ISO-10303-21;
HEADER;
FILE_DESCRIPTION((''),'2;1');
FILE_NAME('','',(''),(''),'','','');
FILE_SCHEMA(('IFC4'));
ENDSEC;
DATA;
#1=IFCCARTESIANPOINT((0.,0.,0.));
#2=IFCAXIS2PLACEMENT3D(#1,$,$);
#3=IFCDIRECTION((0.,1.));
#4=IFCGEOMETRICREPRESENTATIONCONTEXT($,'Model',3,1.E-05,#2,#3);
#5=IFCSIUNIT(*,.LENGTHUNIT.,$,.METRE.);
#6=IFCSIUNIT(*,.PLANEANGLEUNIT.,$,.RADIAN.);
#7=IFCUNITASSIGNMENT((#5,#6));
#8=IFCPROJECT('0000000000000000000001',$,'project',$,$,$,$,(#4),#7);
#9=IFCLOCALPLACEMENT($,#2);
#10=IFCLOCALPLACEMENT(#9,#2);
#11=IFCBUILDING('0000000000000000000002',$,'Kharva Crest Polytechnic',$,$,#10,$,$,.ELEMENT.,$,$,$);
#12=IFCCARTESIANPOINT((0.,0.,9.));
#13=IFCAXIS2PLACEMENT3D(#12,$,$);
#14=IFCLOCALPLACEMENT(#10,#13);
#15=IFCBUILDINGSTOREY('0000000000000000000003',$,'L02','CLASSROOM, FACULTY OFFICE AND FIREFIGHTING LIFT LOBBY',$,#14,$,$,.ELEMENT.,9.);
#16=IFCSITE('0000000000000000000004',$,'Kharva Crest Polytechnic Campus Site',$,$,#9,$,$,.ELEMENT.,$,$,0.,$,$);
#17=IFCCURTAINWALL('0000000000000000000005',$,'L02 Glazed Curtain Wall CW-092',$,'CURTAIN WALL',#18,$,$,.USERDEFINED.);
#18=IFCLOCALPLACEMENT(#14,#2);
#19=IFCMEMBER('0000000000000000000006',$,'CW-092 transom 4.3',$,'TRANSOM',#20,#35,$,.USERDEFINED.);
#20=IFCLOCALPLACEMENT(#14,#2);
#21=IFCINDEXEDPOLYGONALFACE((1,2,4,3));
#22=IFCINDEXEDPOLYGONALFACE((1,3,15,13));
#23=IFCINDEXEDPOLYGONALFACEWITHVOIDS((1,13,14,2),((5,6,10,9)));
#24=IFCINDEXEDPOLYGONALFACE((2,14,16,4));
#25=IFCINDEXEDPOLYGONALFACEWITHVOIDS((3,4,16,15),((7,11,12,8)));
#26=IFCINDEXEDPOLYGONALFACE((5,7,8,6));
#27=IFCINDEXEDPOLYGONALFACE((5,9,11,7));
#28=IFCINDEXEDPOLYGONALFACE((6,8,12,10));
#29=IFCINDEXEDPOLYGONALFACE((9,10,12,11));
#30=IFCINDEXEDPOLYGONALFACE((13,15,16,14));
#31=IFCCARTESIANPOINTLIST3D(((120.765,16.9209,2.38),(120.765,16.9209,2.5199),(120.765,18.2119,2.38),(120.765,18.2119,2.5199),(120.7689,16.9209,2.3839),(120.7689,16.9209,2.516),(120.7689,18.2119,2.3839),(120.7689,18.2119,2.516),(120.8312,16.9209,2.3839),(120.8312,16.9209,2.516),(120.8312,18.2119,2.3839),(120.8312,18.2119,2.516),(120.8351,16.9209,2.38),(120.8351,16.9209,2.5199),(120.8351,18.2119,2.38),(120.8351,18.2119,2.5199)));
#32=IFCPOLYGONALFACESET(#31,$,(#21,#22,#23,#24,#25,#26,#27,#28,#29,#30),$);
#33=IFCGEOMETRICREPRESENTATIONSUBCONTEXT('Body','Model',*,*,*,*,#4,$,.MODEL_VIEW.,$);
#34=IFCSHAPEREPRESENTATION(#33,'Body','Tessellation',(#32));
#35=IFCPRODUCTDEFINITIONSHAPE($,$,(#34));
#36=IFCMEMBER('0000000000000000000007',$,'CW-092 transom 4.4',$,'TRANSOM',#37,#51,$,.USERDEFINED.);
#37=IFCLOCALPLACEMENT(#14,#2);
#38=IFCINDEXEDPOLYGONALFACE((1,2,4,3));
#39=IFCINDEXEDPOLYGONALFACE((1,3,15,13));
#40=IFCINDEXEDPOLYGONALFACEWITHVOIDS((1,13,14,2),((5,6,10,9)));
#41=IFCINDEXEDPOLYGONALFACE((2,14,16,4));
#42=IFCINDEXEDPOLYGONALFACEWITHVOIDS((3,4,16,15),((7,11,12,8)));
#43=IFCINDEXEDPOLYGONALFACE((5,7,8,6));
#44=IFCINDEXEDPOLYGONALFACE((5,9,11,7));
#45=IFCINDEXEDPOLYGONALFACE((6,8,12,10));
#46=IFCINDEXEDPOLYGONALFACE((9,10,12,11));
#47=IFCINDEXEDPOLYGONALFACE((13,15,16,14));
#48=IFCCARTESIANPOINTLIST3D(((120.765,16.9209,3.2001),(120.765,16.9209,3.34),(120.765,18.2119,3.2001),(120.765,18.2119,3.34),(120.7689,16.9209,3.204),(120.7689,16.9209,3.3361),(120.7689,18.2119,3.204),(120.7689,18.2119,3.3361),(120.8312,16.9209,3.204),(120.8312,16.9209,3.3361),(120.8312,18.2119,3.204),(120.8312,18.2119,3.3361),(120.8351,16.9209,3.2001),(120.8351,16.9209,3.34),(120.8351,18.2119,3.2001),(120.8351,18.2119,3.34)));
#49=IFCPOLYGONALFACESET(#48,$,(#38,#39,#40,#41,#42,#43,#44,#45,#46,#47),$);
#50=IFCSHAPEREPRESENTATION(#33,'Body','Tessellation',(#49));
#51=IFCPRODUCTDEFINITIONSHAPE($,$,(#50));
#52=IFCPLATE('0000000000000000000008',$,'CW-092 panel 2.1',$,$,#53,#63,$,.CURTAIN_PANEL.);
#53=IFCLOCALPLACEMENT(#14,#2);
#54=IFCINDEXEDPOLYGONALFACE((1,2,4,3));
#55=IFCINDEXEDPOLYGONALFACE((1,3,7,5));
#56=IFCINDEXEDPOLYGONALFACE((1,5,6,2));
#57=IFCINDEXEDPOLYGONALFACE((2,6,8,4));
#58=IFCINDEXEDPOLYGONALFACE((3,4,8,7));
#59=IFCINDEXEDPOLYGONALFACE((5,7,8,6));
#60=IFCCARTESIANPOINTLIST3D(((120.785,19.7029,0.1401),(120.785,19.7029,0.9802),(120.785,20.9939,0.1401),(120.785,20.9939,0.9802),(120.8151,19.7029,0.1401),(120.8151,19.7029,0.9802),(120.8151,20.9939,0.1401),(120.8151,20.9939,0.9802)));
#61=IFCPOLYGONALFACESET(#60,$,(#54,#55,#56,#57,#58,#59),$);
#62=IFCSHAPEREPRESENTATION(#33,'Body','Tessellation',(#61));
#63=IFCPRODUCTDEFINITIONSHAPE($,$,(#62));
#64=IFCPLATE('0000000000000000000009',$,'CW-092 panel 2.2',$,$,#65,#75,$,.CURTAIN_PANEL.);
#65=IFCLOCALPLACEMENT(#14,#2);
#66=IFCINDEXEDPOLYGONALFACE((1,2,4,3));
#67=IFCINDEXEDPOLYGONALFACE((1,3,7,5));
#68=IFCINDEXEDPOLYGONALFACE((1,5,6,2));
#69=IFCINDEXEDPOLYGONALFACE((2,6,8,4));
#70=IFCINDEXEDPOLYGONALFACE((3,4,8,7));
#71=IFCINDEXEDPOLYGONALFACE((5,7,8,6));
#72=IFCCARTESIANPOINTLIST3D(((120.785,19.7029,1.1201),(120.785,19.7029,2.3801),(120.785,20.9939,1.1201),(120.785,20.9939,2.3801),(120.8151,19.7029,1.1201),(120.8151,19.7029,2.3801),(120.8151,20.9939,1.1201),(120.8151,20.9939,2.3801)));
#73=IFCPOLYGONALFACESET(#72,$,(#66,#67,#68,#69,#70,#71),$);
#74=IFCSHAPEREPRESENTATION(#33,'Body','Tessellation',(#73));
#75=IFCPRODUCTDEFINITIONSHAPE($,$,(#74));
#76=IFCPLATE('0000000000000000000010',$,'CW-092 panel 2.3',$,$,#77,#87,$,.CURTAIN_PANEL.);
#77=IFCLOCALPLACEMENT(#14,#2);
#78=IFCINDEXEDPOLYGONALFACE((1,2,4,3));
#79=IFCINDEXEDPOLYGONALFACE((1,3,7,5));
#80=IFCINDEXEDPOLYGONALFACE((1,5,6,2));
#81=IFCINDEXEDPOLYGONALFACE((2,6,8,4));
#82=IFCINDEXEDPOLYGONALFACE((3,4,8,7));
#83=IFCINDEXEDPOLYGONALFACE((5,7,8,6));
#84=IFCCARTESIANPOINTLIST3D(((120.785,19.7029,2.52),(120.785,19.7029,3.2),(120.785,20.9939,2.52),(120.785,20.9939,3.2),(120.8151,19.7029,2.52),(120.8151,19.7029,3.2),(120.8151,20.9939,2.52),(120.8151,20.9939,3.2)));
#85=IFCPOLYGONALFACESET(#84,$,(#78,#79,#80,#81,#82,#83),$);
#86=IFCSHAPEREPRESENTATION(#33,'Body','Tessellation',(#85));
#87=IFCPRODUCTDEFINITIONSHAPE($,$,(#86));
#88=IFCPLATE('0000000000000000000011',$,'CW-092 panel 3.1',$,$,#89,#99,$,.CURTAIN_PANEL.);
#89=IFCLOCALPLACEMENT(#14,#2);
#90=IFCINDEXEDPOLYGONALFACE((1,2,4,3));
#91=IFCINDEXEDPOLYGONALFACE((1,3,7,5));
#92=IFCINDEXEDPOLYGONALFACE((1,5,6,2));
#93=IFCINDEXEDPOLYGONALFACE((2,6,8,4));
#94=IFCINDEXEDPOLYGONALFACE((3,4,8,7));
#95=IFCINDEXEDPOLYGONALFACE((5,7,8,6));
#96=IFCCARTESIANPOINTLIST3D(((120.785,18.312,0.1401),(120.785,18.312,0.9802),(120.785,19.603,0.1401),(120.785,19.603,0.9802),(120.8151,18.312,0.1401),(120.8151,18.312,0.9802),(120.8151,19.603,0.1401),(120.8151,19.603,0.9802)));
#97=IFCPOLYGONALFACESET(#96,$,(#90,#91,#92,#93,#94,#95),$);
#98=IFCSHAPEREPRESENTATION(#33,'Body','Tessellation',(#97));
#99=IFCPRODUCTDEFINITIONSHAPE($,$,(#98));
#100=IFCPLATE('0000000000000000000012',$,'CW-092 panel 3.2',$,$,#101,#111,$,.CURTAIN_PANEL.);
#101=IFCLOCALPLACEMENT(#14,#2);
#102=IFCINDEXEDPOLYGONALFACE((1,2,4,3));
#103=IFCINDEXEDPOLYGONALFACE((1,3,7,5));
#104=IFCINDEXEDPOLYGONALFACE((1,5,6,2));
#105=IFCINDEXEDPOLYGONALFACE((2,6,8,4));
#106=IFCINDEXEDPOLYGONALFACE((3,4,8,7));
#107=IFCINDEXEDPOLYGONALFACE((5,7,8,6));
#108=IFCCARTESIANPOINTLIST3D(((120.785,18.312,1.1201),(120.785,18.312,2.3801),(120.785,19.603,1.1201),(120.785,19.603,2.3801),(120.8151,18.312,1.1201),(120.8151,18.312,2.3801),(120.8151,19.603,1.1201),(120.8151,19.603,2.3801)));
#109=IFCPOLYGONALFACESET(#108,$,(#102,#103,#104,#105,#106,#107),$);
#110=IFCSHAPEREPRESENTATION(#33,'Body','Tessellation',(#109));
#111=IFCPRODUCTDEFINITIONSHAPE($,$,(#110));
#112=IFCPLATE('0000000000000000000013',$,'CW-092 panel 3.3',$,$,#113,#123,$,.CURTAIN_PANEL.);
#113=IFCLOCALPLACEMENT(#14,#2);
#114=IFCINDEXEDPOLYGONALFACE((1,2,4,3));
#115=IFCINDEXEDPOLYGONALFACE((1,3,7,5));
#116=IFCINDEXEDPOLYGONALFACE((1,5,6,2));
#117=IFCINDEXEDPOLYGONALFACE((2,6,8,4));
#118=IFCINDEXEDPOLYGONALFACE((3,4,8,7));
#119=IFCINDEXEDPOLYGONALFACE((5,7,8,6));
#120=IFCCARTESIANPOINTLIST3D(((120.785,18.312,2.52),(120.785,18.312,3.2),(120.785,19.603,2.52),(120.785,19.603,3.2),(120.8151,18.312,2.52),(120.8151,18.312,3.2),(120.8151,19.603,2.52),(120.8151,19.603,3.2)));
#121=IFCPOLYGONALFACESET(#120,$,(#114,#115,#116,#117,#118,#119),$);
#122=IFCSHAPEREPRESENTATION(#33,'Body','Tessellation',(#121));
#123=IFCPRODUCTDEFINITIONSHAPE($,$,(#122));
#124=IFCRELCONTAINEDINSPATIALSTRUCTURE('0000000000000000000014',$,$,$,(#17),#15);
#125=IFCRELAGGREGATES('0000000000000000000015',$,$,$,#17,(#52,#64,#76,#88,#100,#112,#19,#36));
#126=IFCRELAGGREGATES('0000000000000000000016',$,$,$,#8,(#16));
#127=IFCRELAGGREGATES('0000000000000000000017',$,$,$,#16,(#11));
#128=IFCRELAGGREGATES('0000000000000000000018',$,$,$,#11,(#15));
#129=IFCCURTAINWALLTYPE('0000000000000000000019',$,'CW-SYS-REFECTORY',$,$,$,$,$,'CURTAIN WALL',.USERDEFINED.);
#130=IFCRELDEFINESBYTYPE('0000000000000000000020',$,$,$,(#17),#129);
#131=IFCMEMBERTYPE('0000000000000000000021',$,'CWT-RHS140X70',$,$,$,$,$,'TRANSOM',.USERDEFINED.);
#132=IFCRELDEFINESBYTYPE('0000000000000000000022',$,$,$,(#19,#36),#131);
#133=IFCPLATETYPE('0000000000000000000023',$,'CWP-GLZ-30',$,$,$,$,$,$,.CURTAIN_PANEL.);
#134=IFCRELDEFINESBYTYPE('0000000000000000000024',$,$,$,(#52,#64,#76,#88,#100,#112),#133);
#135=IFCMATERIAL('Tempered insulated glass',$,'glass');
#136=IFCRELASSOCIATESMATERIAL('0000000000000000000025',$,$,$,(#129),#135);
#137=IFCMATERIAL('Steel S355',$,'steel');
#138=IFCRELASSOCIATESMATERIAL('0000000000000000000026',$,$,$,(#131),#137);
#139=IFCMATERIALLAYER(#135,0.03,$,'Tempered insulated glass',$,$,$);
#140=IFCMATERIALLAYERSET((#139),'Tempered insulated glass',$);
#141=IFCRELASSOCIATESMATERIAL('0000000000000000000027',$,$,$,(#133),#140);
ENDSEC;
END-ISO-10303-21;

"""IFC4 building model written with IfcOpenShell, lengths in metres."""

from ifc_helpers import new_model, si_unit, direction, frame, origin, origin_2d, place, context, subcontext, project, spatial, rectangle, hollow_rectangle, extrude, material, layer, layer_set, material_profile, profile_set, type_object, element, aggregate, save


model = new_model("IFC4")

# Units and contexts
model_context = context("Model", 3, precision=1e-05, world=origin(), true_north=direction((0.0, 1.0)))
body_context = subcontext(model_context, "Body", "Model", "MODEL_VIEW")
ifc_project = project(units=[si_unit("LENGTHUNIT", "METRE"), si_unit("PLANEANGLEUNIT", "RADIAN")], contexts=[model_context])

# Site, building, storey
site_placement = place(None, origin())
site = spatial("IfcSite", under=ifc_project, at=site_placement, Name="Kharva Crest Polytechnic Campus Site", CompositionType="ELEMENT", RefElevation=0.0)
building_placement = place(site_placement, origin())
building = spatial("IfcBuilding", under=site, at=building_placement, Name="Kharva Crest Polytechnic", CompositionType="ELEMENT")
storey_placement = place(building_placement, frame((0.0, 0.0, 9.0)))
storey = spatial("IfcBuildingStorey", under=building, at=storey_placement, Name="L02", Description="CLASSROOM, FACULTY OFFICE AND FIREFIGHTING LIFT LOBBY", CompositionType="ELEMENT", Elevation=9.0)

# Curtain wall, members, plates
ifc_material_1 = material(Name="Tempered insulated glass", Category="glass")
curtain_wall_type = type_object("IfcCurtainWallType", Name="CW-SYS-REFECTORY", ElementType="CURTAIN WALL", PredefinedType="USERDEFINED", material=ifc_material_1)
curtain_wall_placement = place(storey_placement, origin())
curtain_wall = element("IfcCurtainWall", 1, at=curtain_wall_placement, inside=storey, type_object=curtain_wall_type, Name="L02 Glazed Curtain Wall CW-092", ObjectType="CURTAIN WALL", PredefinedType="USERDEFINED")
ifc_material_2 = material(Name="Steel S355", Category="steel")
ifc_material_profile_1 = material_profile(ifc_material_2, hollow_rectangle(XDim=0.0701, YDim=0.1399, WallThickness=0.0039, at=origin_2d()), Name="RHS 140X70X4.0")
ifc_profile_set_1 = profile_set([ifc_material_profile_1], Name="Steel S355")
member_type_1 = type_object("IfcMemberType", Name="CWT-RHS140X70", ElementType="TRANSOM", PredefinedType="USERDEFINED", material=ifc_profile_set_1)
member_1_placement = place(storey_placement, frame((120.8, 18.2119, 2.45), z_axis=(0.0, -1.0, 0.0), x_axis=(1.0, 0.0, 0.0)))
member_1 = element("IfcMember", 2, at=member_1_placement, type_object=member_type_1, Name="CW-092 transom 4.3", ObjectType="TRANSOM", PredefinedType="USERDEFINED", context=body_context, shape_type="SweptSolid", body=[
    extrude(hollow_rectangle(XDim=0.0701, YDim=0.1399, WallThickness=0.0039, at=origin_2d()), origin(), (0.0, 0.0, 1.0), 1.291),
])
member_2_placement = place(storey_placement, frame((120.8, 18.2119, 3.27), z_axis=(0.0, -1.0, 0.0), x_axis=(1.0, 0.0, 0.0)))
member_2 = element("IfcMember", 3, at=member_2_placement, type_object=member_type_1, Name="CW-092 transom 4.4", ObjectType="TRANSOM", PredefinedType="USERDEFINED", context=body_context, shape_type="SweptSolid", body=[
    extrude(hollow_rectangle(XDim=0.0701, YDim=0.1399, WallThickness=0.0039, at=origin_2d()), origin(), (0.0, 0.0, 1.0), 1.291),
])
ifc_layer = layer(ifc_material_1, 0.03, Name="Tempered insulated glass")
ifc_layer_set = layer_set([ifc_layer], Name="Tempered insulated glass")
plate_type = type_object("IfcPlateType", Name="CWP-GLZ-30", PredefinedType="CURTAIN_PANEL", material=ifc_layer_set)
plate_1_placement = place(storey_placement, frame((120.8, 20.3484, 0.1401), z_axis=(0.0, 0.0, 1.0), x_axis=(0.0, -1.0, 0.0)))
plate_1 = element("IfcPlate", 4, at=plate_1_placement, type_object=plate_type, Name="CW-092 panel 2.1", PredefinedType="CURTAIN_PANEL", context=body_context, shape_type="SweptSolid", body=[
    extrude(rectangle(XDim=1.291, YDim=0.03, at=origin_2d()), origin(), (0.0, 0.0, 1.0), 0.8401),
])
plate_2_placement = place(storey_placement, frame((120.8, 20.3484, 1.1201), z_axis=(0.0, 0.0, 1.0), x_axis=(0.0, -1.0, 0.0)))
plate_2 = element("IfcPlate", 5, at=plate_2_placement, type_object=plate_type, Name="CW-092 panel 2.2", PredefinedType="CURTAIN_PANEL", context=body_context, shape_type="SweptSolid", body=[
    extrude(rectangle(XDim=1.291, YDim=0.03, at=origin_2d()), origin(), (0.0, 0.0, 1.0), 1.26),
])
plate_3_placement = place(storey_placement, frame((120.8, 20.3484, 2.52), z_axis=(0.0, 0.0, 1.0), x_axis=(0.0, -1.0, 0.0)))
plate_3 = element("IfcPlate", 6, at=plate_3_placement, type_object=plate_type, Name="CW-092 panel 2.3", PredefinedType="CURTAIN_PANEL", context=body_context, shape_type="SweptSolid", body=[
    extrude(rectangle(XDim=1.291, YDim=0.03, at=origin_2d()), origin(), (0.0, 0.0, 1.0), 0.6799),
])
plate_4_placement = place(storey_placement, frame((120.8, 18.9575, 0.1401), z_axis=(0.0, 0.0, 1.0), x_axis=(0.0, -1.0, 0.0)))
plate_4 = element("IfcPlate", 7, at=plate_4_placement, type_object=plate_type, Name="CW-092 panel 3.1", PredefinedType="CURTAIN_PANEL", context=body_context, shape_type="SweptSolid", body=[
    extrude(rectangle(XDim=1.291, YDim=0.03, at=origin_2d()), origin(), (0.0, 0.0, 1.0), 0.8401),
])
plate_5_placement = place(storey_placement, frame((120.8, 18.9575, 1.1201), z_axis=(0.0, 0.0, 1.0), x_axis=(0.0, -1.0, 0.0)))
plate_5 = element("IfcPlate", 8, at=plate_5_placement, type_object=plate_type, Name="CW-092 panel 3.2", PredefinedType="CURTAIN_PANEL", context=body_context, shape_type="SweptSolid", body=[
    extrude(rectangle(XDim=1.291, YDim=0.03, at=origin_2d()), origin(), (0.0, 0.0, 1.0), 1.26),
])
plate_6_placement = place(storey_placement, frame((120.8, 18.9575, 2.52), z_axis=(0.0, 0.0, 1.0), x_axis=(0.0, -1.0, 0.0)))
plate_6 = element("IfcPlate", 9, at=plate_6_placement, type_object=plate_type, Name="CW-092 panel 3.3", PredefinedType="CURTAIN_PANEL", context=body_context, shape_type="SweptSolid", body=[
    extrude(rectangle(XDim=1.291, YDim=0.03, at=origin_2d()), origin(), (0.0, 0.0, 1.0), 0.6799),
])
aggregate(curtain_wall, [plate_1, plate_2, plate_3, plate_4, plate_5, plate_6, member_1, member_2])

save(model, "model.ifc")
